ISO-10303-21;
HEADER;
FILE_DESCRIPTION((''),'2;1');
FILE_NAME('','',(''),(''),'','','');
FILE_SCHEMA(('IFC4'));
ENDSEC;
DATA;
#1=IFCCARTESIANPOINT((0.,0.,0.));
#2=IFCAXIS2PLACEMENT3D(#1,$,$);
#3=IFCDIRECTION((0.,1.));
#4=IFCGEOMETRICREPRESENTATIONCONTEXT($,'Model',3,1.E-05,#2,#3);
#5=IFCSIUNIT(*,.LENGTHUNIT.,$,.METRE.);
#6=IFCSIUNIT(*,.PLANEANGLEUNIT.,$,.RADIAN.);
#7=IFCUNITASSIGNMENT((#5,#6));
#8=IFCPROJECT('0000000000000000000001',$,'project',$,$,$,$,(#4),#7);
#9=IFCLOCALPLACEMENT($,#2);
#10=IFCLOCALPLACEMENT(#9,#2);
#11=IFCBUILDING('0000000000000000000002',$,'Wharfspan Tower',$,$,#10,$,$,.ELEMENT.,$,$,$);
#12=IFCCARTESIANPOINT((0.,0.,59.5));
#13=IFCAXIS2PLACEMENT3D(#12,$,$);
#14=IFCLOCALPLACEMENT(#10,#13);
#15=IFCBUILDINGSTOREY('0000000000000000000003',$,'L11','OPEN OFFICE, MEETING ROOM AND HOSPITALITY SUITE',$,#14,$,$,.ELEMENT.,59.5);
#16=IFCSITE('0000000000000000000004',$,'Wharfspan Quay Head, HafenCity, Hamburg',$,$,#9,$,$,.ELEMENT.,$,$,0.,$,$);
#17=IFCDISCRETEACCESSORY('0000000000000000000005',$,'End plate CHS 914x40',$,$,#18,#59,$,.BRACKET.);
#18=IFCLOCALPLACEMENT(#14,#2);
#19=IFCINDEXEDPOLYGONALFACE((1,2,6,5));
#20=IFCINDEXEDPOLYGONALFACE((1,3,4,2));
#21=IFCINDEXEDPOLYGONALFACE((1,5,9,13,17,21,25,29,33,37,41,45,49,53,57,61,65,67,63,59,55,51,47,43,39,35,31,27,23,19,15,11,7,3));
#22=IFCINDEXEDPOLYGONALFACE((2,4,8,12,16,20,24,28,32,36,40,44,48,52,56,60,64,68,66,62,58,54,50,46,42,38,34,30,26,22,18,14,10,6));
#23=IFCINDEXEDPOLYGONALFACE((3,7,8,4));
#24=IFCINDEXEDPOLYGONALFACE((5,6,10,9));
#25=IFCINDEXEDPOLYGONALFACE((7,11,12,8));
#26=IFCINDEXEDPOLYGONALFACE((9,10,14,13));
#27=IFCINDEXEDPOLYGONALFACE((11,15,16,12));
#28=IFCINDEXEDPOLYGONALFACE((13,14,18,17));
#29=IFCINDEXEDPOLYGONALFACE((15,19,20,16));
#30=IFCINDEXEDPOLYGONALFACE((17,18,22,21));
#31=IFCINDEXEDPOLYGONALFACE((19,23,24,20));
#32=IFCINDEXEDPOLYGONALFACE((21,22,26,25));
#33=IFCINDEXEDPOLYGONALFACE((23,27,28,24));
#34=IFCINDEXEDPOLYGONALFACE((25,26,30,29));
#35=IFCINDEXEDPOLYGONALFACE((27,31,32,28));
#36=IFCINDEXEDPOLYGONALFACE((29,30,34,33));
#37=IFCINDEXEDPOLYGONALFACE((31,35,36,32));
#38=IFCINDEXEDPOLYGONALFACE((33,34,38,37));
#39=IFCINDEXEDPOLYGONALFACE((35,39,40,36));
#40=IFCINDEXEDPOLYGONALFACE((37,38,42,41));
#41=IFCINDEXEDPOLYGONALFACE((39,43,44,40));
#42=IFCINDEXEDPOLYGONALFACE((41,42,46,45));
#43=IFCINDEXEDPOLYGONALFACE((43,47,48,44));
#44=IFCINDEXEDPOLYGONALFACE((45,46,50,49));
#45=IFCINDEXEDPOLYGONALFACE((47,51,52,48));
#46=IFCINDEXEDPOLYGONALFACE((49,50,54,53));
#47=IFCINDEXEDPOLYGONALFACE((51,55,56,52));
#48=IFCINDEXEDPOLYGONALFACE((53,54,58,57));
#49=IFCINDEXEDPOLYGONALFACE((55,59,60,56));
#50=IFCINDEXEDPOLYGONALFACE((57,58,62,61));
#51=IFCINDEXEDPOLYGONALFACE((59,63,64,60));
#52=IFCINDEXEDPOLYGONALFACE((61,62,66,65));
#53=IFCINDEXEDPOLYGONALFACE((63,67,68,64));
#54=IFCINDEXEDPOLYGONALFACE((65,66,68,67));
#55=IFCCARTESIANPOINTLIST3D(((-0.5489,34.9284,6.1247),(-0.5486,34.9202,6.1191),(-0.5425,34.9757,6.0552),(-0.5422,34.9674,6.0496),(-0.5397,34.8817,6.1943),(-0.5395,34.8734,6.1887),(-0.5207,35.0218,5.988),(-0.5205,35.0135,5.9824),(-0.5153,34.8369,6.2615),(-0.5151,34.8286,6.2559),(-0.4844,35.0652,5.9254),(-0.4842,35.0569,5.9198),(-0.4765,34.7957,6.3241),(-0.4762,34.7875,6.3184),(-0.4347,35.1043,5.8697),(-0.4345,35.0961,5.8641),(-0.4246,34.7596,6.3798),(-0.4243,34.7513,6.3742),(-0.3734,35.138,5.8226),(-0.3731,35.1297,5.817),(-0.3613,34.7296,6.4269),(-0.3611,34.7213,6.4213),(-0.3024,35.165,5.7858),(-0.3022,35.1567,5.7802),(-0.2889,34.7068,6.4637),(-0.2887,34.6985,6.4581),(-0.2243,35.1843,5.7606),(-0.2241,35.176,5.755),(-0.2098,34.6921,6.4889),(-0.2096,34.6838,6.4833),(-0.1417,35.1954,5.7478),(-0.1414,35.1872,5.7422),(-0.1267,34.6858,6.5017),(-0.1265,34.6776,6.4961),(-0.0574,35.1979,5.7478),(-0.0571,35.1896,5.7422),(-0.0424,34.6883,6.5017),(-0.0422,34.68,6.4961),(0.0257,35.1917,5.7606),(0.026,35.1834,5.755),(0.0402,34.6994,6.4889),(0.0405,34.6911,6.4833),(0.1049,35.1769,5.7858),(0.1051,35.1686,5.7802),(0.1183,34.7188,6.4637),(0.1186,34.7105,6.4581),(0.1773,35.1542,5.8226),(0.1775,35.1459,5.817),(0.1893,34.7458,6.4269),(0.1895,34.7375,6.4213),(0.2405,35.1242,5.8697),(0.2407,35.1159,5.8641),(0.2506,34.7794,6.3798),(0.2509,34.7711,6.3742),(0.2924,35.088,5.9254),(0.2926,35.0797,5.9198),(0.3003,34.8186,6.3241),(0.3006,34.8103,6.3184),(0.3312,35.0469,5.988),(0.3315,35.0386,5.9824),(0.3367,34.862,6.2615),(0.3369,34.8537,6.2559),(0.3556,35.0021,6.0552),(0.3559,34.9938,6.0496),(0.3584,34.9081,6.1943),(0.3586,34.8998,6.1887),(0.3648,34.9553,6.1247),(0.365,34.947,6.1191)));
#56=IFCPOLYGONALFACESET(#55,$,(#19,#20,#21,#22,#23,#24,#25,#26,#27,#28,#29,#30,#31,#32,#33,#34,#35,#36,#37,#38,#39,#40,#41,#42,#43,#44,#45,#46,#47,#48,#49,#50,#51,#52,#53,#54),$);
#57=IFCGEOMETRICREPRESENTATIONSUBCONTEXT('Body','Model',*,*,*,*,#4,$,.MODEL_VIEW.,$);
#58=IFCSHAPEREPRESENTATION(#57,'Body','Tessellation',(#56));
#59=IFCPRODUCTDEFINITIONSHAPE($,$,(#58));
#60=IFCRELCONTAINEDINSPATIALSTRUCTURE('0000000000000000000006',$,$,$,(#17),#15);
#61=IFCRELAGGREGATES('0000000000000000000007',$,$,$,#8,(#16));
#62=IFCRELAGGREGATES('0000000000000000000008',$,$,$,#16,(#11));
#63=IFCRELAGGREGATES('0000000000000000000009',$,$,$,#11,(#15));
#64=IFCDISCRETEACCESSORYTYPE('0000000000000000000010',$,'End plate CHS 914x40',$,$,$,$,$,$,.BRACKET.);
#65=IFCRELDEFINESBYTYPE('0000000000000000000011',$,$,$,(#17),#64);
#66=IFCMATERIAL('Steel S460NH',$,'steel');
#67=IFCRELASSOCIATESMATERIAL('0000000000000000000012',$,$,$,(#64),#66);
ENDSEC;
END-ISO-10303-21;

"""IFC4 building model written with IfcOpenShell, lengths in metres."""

from ifc_helpers import new_model, si_unit, direction, frame, origin, origin_2d, place, context, subcontext, project, spatial, circle, extrude, material, material_profile, profile_set, type_object, element, save


model = new_model("IFC4")

# Units and contexts
model_context = context("Model", 3, precision=1e-05, world=origin(), true_north=direction((0.0, 1.0)))
body_context = subcontext(model_context, "Body", "Model", "MODEL_VIEW")
ifc_project = project(units=[si_unit("LENGTHUNIT", "METRE"), si_unit("PLANEANGLEUNIT", "RADIAN")], contexts=[model_context])

# Site, building, storey
site_placement = place(None, origin())
site = spatial("IfcSite", under=ifc_project, at=site_placement, Name="Wharfspan Quay Head, HafenCity, Hamburg", CompositionType="ELEMENT", RefElevation=0.0)
building_placement = place(site_placement, origin())
building = spatial("IfcBuilding", under=site, at=building_placement, Name="Wharfspan Tower", CompositionType="ELEMENT")
storey_placement = place(building_placement, frame((0.0, 0.0, 59.5)))
storey = spatial("IfcBuildingStorey", under=building, at=storey_placement, Name="L11", Description="OPEN OFFICE, MEETING ROOM AND HOSPITALITY SUITE", CompositionType="ELEMENT", Elevation=59.5)

# Shared definitions
ifc_material_1 = material(Name="Steel S460NH", Category="steel")

# Discrete accessory
ifc_material_profile_1 = material_profile(ifc_material_1, circle(Radius=0.457, at=origin_2d()))
ifc_profile_set_1 = profile_set([ifc_material_profile_1], Name="Steel S460NH")
discrete_accessory_type = type_object("IfcDiscreteAccessoryType", Name="End plate CHS 914x40", PredefinedType="BRACKET", material=ifc_profile_set_1)
for number, where, z_axis, x_axis, name in (
    (1, (-0.0918, 34.9336, 6.1191), (-0.024354, 0.828038, 0.560143), (-0.999568, -0.029399, 0.0), "End plate CHS 914x40"),
):
    element("IfcDiscreteAccessory", number, at=place(storey_placement, frame(where, z_axis=z_axis, x_axis=x_axis)), inside=storey, type_object=discrete_accessory_type, Name=name, PredefinedType="BRACKET", context=body_context, shape_type="SweptSolid", body=[
        extrude(circle(Radius=0.457, at=origin_2d()), origin(), (0.0, 0.0, 1.0), 0.01),
    ])

save(model, "model.ifc")
